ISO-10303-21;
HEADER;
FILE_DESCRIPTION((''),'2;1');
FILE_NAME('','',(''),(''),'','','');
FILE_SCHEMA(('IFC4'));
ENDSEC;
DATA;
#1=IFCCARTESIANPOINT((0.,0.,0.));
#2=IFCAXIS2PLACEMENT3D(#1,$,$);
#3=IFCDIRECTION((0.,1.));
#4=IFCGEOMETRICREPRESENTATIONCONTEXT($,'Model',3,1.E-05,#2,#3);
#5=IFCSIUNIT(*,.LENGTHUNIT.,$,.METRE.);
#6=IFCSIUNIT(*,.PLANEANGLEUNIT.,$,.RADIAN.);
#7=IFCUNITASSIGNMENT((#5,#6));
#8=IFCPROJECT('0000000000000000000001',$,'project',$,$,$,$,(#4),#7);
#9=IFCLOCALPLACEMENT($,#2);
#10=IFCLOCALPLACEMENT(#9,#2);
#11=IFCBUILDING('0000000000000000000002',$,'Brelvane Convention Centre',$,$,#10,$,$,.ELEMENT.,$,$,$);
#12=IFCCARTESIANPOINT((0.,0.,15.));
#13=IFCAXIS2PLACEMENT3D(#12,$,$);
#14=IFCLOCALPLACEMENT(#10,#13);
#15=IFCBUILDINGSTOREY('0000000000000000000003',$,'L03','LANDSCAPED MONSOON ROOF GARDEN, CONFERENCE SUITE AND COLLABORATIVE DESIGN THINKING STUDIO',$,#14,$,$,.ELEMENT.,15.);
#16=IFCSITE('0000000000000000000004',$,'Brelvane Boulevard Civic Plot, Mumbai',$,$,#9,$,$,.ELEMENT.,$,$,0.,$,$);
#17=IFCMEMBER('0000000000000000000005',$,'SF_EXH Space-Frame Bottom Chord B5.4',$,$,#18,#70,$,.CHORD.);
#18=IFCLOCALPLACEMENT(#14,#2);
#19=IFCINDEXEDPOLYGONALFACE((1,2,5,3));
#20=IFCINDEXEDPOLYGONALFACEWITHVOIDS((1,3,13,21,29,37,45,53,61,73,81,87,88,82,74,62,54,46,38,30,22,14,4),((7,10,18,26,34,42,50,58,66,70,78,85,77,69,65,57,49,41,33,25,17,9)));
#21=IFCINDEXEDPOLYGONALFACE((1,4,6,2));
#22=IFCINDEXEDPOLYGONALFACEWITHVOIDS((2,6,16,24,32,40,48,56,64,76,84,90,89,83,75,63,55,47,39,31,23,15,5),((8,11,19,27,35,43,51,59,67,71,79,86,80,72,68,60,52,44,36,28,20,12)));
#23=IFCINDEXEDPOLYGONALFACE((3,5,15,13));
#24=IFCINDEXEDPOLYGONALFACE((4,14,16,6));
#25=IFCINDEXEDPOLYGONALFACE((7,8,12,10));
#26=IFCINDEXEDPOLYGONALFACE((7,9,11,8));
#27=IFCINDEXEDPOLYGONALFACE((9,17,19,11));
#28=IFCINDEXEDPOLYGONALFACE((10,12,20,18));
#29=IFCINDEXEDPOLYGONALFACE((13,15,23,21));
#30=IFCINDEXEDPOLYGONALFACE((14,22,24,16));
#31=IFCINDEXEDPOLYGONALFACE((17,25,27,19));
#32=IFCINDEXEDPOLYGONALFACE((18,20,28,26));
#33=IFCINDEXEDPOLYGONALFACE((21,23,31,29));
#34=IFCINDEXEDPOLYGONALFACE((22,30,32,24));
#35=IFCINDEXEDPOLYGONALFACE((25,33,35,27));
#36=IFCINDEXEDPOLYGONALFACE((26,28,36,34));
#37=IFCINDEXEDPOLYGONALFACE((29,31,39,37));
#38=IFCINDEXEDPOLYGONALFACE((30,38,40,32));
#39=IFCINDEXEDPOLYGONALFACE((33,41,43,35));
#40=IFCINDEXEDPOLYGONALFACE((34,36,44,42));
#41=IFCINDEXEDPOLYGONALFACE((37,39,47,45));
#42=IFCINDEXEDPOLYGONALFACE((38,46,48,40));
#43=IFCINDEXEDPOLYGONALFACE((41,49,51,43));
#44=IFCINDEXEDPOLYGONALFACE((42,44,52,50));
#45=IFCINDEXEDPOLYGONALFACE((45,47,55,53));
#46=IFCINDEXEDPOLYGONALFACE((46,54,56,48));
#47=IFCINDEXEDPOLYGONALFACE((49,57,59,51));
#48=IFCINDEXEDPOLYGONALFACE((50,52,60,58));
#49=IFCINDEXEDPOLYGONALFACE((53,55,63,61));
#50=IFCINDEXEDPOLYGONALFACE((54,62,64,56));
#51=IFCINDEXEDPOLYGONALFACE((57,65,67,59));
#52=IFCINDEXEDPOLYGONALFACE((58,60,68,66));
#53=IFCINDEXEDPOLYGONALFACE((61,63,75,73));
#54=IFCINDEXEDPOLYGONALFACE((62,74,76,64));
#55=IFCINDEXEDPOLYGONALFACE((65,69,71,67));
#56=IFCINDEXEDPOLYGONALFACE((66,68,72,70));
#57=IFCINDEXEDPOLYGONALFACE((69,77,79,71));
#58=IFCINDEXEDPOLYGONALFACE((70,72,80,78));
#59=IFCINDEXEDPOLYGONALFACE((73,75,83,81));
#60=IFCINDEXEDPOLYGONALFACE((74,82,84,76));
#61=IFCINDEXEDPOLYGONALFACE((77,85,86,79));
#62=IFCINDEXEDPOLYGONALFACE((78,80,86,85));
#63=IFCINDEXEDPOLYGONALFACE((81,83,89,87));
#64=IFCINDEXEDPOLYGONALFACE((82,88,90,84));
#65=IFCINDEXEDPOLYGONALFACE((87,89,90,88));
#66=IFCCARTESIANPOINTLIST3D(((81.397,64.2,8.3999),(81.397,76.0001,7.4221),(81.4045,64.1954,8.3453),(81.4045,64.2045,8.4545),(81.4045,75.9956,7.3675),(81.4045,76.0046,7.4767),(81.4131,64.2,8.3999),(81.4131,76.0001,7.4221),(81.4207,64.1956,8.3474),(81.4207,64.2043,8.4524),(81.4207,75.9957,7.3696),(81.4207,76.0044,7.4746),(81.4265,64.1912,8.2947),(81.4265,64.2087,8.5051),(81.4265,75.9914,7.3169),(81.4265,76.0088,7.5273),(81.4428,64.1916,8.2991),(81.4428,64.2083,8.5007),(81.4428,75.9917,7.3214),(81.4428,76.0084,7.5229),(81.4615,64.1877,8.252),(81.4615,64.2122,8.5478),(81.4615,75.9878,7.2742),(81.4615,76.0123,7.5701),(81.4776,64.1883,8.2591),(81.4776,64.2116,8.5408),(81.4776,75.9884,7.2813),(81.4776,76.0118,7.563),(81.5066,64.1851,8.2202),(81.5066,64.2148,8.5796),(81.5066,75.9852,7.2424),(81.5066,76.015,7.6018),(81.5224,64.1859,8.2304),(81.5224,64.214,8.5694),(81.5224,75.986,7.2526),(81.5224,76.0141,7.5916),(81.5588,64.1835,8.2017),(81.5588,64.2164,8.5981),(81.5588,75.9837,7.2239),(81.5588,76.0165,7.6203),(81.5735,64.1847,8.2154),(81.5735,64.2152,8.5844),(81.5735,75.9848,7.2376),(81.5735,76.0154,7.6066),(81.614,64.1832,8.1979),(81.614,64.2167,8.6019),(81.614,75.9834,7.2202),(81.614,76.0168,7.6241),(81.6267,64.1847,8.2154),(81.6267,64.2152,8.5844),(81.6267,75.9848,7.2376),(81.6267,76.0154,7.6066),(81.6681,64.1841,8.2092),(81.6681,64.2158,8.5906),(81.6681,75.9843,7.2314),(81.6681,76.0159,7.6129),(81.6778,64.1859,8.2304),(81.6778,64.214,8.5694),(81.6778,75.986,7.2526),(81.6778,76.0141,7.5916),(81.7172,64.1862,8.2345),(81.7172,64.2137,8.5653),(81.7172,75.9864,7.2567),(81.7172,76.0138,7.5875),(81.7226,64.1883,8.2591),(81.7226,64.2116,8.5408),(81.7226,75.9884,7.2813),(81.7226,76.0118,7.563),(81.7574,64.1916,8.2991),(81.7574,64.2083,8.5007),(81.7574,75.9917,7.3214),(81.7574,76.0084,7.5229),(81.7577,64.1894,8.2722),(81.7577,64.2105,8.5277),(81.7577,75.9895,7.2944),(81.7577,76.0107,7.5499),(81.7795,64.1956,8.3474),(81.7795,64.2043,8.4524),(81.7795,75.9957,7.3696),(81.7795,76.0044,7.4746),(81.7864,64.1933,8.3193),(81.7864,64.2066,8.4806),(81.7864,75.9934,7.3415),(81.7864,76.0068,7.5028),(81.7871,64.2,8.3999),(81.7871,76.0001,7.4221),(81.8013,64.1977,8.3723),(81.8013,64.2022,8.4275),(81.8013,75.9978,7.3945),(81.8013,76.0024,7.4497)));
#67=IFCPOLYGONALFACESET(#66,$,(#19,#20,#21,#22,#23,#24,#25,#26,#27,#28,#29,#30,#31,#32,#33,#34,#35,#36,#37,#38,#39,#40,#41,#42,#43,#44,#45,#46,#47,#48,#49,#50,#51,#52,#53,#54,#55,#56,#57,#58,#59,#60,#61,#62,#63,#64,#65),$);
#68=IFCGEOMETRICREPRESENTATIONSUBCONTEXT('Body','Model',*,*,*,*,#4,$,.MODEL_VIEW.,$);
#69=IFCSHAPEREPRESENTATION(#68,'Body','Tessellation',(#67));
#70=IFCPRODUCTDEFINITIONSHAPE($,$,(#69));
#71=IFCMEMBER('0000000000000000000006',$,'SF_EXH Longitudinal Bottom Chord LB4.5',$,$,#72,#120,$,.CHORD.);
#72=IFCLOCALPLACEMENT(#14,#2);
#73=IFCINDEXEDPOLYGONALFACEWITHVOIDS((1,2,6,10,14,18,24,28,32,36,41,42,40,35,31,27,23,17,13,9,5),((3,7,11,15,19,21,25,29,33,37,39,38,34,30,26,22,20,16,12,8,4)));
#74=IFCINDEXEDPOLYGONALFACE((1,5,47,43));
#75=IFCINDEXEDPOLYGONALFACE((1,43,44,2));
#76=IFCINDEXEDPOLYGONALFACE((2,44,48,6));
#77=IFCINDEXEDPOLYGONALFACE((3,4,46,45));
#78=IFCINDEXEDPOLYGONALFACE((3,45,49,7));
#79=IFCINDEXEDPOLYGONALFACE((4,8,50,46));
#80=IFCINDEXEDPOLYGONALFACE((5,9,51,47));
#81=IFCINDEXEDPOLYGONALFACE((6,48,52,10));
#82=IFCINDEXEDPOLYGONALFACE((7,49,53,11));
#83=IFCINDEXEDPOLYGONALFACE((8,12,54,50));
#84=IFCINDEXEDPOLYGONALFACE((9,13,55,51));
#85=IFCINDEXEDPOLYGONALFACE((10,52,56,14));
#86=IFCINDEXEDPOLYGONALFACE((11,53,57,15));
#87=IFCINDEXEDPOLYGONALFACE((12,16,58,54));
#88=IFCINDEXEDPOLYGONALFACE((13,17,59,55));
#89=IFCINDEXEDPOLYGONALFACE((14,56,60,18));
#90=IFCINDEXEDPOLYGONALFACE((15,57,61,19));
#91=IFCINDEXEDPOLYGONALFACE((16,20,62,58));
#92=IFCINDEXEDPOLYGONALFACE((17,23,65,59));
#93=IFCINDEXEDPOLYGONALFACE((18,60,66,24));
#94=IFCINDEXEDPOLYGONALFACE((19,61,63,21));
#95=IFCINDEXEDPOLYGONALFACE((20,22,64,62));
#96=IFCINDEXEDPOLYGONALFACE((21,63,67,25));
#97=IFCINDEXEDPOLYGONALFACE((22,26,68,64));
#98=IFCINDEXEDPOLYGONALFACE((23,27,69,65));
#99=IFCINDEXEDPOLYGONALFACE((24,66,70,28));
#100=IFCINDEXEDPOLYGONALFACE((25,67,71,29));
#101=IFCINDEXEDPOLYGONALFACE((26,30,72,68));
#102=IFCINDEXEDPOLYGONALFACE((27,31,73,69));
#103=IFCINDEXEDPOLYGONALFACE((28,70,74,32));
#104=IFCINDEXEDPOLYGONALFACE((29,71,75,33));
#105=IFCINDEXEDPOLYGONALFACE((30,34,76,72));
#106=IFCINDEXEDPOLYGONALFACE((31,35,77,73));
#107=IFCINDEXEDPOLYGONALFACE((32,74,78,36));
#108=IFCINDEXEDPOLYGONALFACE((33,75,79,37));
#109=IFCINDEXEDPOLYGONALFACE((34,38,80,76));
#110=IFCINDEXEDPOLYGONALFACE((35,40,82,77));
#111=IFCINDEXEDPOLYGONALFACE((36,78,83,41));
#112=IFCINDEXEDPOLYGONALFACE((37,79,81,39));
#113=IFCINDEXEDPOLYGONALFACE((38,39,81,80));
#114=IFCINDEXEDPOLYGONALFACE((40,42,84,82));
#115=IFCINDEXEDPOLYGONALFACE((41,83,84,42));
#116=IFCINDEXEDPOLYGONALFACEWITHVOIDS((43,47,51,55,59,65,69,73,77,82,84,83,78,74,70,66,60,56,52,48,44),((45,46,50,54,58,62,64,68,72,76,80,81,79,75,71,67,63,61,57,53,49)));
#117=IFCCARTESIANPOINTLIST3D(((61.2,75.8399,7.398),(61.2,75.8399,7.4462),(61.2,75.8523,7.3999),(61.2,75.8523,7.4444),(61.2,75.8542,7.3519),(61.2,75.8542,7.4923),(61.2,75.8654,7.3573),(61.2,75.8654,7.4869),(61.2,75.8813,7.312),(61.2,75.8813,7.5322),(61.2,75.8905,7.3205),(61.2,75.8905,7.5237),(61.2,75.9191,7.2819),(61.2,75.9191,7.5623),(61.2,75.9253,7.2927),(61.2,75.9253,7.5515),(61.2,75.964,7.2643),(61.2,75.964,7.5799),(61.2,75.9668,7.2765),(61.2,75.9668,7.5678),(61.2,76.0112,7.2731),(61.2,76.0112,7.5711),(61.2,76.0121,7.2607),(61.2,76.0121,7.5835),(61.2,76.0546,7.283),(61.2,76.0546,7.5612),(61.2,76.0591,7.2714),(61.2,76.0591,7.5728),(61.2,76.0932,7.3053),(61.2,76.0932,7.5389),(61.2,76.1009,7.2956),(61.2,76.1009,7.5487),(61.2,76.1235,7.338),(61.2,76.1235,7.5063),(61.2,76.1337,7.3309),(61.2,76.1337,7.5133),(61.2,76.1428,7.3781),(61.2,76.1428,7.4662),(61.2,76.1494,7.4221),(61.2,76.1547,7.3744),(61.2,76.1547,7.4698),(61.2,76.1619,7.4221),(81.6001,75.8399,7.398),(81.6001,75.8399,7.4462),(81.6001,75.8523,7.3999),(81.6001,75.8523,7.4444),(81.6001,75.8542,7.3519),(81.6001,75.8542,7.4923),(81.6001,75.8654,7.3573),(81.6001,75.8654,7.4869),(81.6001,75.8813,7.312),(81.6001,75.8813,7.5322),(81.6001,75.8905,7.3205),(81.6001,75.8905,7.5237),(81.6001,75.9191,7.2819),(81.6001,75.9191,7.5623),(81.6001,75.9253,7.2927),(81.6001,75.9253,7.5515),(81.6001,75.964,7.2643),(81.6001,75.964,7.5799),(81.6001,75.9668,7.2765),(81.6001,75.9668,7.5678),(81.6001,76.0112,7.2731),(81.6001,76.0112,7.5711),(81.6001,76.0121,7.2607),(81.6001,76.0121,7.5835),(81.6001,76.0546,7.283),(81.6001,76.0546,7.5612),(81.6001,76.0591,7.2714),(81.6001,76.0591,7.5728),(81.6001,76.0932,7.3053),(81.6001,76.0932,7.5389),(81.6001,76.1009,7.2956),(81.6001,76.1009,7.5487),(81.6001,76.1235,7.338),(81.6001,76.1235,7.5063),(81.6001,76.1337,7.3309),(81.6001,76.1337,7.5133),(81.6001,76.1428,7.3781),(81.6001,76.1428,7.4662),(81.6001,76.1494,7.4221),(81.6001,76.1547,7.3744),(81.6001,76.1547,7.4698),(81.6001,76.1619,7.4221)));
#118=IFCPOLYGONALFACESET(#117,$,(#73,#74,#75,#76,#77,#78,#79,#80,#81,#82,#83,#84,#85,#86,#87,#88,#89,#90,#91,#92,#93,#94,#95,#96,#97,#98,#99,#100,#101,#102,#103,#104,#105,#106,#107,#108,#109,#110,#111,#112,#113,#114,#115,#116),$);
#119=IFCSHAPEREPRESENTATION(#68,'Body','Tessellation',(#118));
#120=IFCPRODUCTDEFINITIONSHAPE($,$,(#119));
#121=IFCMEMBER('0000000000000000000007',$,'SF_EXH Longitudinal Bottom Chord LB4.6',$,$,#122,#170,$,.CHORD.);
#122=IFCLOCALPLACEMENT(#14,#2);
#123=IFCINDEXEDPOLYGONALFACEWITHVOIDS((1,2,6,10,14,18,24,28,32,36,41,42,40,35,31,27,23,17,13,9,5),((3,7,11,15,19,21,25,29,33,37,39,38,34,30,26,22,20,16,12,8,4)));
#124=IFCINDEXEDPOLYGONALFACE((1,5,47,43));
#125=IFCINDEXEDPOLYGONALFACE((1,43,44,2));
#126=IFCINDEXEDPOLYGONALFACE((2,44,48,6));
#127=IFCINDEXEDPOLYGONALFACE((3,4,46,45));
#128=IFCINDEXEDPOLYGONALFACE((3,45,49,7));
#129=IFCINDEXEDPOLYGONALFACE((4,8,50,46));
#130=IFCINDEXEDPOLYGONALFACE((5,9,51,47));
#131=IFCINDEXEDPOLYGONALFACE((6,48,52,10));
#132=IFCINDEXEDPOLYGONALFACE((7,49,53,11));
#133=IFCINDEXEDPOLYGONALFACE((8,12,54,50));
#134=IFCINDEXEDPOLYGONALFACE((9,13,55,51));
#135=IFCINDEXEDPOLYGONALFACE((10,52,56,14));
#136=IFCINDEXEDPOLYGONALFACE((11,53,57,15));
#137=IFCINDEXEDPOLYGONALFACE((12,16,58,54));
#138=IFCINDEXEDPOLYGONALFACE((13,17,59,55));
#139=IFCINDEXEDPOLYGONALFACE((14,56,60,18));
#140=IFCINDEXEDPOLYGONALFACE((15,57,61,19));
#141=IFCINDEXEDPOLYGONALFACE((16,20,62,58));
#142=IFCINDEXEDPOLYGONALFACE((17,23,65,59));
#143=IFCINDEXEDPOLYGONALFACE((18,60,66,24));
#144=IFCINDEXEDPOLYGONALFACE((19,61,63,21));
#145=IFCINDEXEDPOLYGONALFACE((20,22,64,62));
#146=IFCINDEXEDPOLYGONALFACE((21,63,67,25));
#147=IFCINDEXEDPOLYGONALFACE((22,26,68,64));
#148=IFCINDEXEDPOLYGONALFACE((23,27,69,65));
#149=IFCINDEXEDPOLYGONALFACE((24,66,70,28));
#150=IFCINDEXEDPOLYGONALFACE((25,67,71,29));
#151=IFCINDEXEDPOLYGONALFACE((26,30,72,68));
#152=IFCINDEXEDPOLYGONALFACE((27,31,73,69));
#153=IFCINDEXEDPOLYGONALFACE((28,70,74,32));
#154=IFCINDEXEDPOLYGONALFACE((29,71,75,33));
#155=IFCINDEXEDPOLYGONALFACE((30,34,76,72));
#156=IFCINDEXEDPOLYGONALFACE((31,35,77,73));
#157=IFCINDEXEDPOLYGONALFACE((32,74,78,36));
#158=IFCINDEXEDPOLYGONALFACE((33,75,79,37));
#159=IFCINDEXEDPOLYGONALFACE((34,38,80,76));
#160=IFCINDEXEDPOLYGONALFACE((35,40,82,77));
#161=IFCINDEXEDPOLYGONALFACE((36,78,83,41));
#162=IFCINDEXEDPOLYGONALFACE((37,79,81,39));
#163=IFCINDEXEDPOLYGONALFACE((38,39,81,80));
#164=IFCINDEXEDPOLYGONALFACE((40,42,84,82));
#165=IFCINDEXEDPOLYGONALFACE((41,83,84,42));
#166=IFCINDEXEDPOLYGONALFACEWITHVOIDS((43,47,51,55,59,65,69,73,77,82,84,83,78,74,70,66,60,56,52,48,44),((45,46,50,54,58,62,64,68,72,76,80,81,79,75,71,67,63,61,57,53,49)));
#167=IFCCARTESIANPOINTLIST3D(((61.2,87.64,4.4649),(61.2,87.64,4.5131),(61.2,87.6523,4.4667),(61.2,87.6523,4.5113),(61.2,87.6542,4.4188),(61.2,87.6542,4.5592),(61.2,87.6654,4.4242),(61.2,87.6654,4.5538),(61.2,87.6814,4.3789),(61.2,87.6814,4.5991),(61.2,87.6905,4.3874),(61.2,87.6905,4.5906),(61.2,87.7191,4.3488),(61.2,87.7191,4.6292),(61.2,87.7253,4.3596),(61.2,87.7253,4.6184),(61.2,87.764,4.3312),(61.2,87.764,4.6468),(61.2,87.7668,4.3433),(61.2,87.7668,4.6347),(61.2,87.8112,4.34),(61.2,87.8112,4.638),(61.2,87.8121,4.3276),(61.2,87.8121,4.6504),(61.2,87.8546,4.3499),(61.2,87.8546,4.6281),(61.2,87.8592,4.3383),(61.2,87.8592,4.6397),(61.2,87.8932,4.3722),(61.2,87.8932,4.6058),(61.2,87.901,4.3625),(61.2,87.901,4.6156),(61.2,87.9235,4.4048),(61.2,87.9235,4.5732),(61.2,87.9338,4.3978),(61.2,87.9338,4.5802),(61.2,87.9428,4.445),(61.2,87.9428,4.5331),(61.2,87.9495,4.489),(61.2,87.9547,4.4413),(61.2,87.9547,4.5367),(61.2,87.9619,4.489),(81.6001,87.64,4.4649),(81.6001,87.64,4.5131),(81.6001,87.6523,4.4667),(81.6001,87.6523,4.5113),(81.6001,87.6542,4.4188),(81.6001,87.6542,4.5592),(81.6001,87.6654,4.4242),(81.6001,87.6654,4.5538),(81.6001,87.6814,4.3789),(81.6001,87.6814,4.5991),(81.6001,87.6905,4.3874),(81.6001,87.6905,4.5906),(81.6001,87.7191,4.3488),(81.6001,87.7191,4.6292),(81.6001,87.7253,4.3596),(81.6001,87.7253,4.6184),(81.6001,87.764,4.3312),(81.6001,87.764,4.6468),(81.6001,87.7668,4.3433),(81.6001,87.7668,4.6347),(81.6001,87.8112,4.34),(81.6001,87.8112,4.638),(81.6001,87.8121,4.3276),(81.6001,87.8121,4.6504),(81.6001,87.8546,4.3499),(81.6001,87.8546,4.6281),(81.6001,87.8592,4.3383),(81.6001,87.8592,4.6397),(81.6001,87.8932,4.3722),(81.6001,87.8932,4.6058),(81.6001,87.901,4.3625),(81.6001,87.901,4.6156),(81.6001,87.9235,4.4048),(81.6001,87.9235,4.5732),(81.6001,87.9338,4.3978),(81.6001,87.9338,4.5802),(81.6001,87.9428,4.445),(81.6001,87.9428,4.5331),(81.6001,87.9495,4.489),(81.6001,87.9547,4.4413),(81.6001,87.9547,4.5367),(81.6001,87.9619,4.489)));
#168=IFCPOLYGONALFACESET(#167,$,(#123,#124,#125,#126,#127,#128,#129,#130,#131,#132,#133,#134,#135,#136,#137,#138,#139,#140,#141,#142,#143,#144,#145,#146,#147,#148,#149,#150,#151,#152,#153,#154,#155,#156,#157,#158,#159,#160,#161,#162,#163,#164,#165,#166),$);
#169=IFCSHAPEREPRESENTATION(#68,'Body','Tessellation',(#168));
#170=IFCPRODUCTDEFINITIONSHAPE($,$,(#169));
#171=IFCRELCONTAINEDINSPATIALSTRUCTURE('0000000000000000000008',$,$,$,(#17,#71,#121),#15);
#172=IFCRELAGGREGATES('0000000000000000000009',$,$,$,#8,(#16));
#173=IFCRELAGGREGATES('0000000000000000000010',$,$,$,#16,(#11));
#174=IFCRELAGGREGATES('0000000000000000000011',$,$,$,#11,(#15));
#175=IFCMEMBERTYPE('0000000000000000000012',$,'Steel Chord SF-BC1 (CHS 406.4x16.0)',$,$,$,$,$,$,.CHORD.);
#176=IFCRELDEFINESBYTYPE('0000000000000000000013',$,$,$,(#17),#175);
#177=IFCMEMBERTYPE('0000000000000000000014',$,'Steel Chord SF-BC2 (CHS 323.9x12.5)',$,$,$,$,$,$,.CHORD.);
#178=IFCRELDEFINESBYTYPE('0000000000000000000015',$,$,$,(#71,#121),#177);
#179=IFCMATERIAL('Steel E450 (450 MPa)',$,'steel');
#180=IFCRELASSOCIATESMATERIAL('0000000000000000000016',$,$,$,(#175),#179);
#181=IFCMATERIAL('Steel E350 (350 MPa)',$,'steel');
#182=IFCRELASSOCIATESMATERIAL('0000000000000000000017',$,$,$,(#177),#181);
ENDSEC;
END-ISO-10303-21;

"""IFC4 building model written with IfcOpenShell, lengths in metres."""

from ifc_helpers import new_model, si_unit, direction, frame, origin, origin_2d, place, context, subcontext, project, spatial, hollow_circle, extrude, material, material_profile, profile_set, type_object, element, save


model = new_model("IFC4")

# Units and contexts
model_context = context("Model", 3, precision=1e-05, world=origin(), true_north=direction((0.0, 1.0)))
body_context = subcontext(model_context, "Body", "Model", "MODEL_VIEW")
ifc_project = project(units=[si_unit("LENGTHUNIT", "METRE"), si_unit("PLANEANGLEUNIT", "RADIAN")], contexts=[model_context])

# Site, building, storey
site_placement = place(None, origin())
site = spatial("IfcSite", under=ifc_project, at=site_placement, Name="Brelvane Boulevard Civic Plot, Mumbai", CompositionType="ELEMENT", RefElevation=0.0)
building_placement = place(site_placement, origin())
building = spatial("IfcBuilding", under=site, at=building_placement, Name="Brelvane Convention Centre", CompositionType="ELEMENT")
storey_placement = place(building_placement, frame((0.0, 0.0, 15.0)))
storey = spatial("IfcBuildingStorey", under=building, at=storey_placement, Name="L03", Description="LANDSCAPED MONSOON ROOF GARDEN, CONFERENCE SUITE AND COLLABORATIVE DESIGN THINKING STUDIO", CompositionType="ELEMENT", Elevation=15.0)

# Members
ifc_material_1 = material(Name="Steel E450 (450 MPa)", Category="steel")
ifc_material_profile_1 = material_profile(ifc_material_1, hollow_circle(Radius=0.2031, WallThickness=0.0161, at=origin_2d()), Name="CHS 406.4x16.0")
ifc_profile_set_1 = profile_set([ifc_material_profile_1], Name="Steel E450 (450 MPa)")
member_type_1 = type_object("IfcMemberType", Name="Steel Chord SF-BC1 (CHS 406.4x16.0)", PredefinedType="CHORD", material=ifc_profile_set_1)
member_1_placement = place(storey_placement, frame((81.6001, 64.2, 8.3999), z_axis=(0.0, 0.996584, -0.08258), x_axis=(-1.0, 0.0, 0.0)))
element("IfcMember", 1, at=member_1_placement, inside=storey, type_object=member_type_1, Name="SF_EXH Space-Frame Bottom Chord B5.4", PredefinedType="CHORD", context=body_context, shape_type="SweptSolid", body=[
    extrude(hollow_circle(Radius=0.2031, WallThickness=0.0161, at=origin_2d()), origin(), (0.0, 0.0, 1.0), 11.8406),
])
ifc_material_2 = material(Name="Steel E350 (350 MPa)", Category="steel")
ifc_material_profile_2 = material_profile(ifc_material_2, hollow_circle(Radius=0.1619, WallThickness=0.0125, at=origin_2d()), Name="CHS 323.9x12.5")
ifc_profile_set_2 = profile_set([ifc_material_profile_2], Name="Steel E350 (350 MPa)")
member_type_2 = type_object("IfcMemberType", Name="Steel Chord SF-BC2 (CHS 323.9x12.5)", PredefinedType="CHORD", material=ifc_profile_set_2)
for number, where, z_axis, x_axis, name in (
    (2, (61.2, 76.0, 7.4221), (1.0, 0.0, 0.0), (0.0, 1.0, 0.0), "SF_EXH Longitudinal Bottom Chord LB4.5"),
    (3, (61.2, 87.8, 4.489), (1.0, 0.0, 0.0), (0.0, 1.0, 0.0), "SF_EXH Longitudinal Bottom Chord LB4.6"),
):
    element("IfcMember", number, at=place(storey_placement, frame(where, z_axis=z_axis, x_axis=x_axis)), inside=storey, type_object=member_type_2, Name=name, PredefinedType="CHORD", context=body_context, shape_type="SweptSolid", body=[
        extrude(hollow_circle(Radius=0.1619, WallThickness=0.0125, at=origin_2d()), origin(), (0.0, 0.0, 1.0), 20.4001),
    ])

save(model, "model.ifc")
